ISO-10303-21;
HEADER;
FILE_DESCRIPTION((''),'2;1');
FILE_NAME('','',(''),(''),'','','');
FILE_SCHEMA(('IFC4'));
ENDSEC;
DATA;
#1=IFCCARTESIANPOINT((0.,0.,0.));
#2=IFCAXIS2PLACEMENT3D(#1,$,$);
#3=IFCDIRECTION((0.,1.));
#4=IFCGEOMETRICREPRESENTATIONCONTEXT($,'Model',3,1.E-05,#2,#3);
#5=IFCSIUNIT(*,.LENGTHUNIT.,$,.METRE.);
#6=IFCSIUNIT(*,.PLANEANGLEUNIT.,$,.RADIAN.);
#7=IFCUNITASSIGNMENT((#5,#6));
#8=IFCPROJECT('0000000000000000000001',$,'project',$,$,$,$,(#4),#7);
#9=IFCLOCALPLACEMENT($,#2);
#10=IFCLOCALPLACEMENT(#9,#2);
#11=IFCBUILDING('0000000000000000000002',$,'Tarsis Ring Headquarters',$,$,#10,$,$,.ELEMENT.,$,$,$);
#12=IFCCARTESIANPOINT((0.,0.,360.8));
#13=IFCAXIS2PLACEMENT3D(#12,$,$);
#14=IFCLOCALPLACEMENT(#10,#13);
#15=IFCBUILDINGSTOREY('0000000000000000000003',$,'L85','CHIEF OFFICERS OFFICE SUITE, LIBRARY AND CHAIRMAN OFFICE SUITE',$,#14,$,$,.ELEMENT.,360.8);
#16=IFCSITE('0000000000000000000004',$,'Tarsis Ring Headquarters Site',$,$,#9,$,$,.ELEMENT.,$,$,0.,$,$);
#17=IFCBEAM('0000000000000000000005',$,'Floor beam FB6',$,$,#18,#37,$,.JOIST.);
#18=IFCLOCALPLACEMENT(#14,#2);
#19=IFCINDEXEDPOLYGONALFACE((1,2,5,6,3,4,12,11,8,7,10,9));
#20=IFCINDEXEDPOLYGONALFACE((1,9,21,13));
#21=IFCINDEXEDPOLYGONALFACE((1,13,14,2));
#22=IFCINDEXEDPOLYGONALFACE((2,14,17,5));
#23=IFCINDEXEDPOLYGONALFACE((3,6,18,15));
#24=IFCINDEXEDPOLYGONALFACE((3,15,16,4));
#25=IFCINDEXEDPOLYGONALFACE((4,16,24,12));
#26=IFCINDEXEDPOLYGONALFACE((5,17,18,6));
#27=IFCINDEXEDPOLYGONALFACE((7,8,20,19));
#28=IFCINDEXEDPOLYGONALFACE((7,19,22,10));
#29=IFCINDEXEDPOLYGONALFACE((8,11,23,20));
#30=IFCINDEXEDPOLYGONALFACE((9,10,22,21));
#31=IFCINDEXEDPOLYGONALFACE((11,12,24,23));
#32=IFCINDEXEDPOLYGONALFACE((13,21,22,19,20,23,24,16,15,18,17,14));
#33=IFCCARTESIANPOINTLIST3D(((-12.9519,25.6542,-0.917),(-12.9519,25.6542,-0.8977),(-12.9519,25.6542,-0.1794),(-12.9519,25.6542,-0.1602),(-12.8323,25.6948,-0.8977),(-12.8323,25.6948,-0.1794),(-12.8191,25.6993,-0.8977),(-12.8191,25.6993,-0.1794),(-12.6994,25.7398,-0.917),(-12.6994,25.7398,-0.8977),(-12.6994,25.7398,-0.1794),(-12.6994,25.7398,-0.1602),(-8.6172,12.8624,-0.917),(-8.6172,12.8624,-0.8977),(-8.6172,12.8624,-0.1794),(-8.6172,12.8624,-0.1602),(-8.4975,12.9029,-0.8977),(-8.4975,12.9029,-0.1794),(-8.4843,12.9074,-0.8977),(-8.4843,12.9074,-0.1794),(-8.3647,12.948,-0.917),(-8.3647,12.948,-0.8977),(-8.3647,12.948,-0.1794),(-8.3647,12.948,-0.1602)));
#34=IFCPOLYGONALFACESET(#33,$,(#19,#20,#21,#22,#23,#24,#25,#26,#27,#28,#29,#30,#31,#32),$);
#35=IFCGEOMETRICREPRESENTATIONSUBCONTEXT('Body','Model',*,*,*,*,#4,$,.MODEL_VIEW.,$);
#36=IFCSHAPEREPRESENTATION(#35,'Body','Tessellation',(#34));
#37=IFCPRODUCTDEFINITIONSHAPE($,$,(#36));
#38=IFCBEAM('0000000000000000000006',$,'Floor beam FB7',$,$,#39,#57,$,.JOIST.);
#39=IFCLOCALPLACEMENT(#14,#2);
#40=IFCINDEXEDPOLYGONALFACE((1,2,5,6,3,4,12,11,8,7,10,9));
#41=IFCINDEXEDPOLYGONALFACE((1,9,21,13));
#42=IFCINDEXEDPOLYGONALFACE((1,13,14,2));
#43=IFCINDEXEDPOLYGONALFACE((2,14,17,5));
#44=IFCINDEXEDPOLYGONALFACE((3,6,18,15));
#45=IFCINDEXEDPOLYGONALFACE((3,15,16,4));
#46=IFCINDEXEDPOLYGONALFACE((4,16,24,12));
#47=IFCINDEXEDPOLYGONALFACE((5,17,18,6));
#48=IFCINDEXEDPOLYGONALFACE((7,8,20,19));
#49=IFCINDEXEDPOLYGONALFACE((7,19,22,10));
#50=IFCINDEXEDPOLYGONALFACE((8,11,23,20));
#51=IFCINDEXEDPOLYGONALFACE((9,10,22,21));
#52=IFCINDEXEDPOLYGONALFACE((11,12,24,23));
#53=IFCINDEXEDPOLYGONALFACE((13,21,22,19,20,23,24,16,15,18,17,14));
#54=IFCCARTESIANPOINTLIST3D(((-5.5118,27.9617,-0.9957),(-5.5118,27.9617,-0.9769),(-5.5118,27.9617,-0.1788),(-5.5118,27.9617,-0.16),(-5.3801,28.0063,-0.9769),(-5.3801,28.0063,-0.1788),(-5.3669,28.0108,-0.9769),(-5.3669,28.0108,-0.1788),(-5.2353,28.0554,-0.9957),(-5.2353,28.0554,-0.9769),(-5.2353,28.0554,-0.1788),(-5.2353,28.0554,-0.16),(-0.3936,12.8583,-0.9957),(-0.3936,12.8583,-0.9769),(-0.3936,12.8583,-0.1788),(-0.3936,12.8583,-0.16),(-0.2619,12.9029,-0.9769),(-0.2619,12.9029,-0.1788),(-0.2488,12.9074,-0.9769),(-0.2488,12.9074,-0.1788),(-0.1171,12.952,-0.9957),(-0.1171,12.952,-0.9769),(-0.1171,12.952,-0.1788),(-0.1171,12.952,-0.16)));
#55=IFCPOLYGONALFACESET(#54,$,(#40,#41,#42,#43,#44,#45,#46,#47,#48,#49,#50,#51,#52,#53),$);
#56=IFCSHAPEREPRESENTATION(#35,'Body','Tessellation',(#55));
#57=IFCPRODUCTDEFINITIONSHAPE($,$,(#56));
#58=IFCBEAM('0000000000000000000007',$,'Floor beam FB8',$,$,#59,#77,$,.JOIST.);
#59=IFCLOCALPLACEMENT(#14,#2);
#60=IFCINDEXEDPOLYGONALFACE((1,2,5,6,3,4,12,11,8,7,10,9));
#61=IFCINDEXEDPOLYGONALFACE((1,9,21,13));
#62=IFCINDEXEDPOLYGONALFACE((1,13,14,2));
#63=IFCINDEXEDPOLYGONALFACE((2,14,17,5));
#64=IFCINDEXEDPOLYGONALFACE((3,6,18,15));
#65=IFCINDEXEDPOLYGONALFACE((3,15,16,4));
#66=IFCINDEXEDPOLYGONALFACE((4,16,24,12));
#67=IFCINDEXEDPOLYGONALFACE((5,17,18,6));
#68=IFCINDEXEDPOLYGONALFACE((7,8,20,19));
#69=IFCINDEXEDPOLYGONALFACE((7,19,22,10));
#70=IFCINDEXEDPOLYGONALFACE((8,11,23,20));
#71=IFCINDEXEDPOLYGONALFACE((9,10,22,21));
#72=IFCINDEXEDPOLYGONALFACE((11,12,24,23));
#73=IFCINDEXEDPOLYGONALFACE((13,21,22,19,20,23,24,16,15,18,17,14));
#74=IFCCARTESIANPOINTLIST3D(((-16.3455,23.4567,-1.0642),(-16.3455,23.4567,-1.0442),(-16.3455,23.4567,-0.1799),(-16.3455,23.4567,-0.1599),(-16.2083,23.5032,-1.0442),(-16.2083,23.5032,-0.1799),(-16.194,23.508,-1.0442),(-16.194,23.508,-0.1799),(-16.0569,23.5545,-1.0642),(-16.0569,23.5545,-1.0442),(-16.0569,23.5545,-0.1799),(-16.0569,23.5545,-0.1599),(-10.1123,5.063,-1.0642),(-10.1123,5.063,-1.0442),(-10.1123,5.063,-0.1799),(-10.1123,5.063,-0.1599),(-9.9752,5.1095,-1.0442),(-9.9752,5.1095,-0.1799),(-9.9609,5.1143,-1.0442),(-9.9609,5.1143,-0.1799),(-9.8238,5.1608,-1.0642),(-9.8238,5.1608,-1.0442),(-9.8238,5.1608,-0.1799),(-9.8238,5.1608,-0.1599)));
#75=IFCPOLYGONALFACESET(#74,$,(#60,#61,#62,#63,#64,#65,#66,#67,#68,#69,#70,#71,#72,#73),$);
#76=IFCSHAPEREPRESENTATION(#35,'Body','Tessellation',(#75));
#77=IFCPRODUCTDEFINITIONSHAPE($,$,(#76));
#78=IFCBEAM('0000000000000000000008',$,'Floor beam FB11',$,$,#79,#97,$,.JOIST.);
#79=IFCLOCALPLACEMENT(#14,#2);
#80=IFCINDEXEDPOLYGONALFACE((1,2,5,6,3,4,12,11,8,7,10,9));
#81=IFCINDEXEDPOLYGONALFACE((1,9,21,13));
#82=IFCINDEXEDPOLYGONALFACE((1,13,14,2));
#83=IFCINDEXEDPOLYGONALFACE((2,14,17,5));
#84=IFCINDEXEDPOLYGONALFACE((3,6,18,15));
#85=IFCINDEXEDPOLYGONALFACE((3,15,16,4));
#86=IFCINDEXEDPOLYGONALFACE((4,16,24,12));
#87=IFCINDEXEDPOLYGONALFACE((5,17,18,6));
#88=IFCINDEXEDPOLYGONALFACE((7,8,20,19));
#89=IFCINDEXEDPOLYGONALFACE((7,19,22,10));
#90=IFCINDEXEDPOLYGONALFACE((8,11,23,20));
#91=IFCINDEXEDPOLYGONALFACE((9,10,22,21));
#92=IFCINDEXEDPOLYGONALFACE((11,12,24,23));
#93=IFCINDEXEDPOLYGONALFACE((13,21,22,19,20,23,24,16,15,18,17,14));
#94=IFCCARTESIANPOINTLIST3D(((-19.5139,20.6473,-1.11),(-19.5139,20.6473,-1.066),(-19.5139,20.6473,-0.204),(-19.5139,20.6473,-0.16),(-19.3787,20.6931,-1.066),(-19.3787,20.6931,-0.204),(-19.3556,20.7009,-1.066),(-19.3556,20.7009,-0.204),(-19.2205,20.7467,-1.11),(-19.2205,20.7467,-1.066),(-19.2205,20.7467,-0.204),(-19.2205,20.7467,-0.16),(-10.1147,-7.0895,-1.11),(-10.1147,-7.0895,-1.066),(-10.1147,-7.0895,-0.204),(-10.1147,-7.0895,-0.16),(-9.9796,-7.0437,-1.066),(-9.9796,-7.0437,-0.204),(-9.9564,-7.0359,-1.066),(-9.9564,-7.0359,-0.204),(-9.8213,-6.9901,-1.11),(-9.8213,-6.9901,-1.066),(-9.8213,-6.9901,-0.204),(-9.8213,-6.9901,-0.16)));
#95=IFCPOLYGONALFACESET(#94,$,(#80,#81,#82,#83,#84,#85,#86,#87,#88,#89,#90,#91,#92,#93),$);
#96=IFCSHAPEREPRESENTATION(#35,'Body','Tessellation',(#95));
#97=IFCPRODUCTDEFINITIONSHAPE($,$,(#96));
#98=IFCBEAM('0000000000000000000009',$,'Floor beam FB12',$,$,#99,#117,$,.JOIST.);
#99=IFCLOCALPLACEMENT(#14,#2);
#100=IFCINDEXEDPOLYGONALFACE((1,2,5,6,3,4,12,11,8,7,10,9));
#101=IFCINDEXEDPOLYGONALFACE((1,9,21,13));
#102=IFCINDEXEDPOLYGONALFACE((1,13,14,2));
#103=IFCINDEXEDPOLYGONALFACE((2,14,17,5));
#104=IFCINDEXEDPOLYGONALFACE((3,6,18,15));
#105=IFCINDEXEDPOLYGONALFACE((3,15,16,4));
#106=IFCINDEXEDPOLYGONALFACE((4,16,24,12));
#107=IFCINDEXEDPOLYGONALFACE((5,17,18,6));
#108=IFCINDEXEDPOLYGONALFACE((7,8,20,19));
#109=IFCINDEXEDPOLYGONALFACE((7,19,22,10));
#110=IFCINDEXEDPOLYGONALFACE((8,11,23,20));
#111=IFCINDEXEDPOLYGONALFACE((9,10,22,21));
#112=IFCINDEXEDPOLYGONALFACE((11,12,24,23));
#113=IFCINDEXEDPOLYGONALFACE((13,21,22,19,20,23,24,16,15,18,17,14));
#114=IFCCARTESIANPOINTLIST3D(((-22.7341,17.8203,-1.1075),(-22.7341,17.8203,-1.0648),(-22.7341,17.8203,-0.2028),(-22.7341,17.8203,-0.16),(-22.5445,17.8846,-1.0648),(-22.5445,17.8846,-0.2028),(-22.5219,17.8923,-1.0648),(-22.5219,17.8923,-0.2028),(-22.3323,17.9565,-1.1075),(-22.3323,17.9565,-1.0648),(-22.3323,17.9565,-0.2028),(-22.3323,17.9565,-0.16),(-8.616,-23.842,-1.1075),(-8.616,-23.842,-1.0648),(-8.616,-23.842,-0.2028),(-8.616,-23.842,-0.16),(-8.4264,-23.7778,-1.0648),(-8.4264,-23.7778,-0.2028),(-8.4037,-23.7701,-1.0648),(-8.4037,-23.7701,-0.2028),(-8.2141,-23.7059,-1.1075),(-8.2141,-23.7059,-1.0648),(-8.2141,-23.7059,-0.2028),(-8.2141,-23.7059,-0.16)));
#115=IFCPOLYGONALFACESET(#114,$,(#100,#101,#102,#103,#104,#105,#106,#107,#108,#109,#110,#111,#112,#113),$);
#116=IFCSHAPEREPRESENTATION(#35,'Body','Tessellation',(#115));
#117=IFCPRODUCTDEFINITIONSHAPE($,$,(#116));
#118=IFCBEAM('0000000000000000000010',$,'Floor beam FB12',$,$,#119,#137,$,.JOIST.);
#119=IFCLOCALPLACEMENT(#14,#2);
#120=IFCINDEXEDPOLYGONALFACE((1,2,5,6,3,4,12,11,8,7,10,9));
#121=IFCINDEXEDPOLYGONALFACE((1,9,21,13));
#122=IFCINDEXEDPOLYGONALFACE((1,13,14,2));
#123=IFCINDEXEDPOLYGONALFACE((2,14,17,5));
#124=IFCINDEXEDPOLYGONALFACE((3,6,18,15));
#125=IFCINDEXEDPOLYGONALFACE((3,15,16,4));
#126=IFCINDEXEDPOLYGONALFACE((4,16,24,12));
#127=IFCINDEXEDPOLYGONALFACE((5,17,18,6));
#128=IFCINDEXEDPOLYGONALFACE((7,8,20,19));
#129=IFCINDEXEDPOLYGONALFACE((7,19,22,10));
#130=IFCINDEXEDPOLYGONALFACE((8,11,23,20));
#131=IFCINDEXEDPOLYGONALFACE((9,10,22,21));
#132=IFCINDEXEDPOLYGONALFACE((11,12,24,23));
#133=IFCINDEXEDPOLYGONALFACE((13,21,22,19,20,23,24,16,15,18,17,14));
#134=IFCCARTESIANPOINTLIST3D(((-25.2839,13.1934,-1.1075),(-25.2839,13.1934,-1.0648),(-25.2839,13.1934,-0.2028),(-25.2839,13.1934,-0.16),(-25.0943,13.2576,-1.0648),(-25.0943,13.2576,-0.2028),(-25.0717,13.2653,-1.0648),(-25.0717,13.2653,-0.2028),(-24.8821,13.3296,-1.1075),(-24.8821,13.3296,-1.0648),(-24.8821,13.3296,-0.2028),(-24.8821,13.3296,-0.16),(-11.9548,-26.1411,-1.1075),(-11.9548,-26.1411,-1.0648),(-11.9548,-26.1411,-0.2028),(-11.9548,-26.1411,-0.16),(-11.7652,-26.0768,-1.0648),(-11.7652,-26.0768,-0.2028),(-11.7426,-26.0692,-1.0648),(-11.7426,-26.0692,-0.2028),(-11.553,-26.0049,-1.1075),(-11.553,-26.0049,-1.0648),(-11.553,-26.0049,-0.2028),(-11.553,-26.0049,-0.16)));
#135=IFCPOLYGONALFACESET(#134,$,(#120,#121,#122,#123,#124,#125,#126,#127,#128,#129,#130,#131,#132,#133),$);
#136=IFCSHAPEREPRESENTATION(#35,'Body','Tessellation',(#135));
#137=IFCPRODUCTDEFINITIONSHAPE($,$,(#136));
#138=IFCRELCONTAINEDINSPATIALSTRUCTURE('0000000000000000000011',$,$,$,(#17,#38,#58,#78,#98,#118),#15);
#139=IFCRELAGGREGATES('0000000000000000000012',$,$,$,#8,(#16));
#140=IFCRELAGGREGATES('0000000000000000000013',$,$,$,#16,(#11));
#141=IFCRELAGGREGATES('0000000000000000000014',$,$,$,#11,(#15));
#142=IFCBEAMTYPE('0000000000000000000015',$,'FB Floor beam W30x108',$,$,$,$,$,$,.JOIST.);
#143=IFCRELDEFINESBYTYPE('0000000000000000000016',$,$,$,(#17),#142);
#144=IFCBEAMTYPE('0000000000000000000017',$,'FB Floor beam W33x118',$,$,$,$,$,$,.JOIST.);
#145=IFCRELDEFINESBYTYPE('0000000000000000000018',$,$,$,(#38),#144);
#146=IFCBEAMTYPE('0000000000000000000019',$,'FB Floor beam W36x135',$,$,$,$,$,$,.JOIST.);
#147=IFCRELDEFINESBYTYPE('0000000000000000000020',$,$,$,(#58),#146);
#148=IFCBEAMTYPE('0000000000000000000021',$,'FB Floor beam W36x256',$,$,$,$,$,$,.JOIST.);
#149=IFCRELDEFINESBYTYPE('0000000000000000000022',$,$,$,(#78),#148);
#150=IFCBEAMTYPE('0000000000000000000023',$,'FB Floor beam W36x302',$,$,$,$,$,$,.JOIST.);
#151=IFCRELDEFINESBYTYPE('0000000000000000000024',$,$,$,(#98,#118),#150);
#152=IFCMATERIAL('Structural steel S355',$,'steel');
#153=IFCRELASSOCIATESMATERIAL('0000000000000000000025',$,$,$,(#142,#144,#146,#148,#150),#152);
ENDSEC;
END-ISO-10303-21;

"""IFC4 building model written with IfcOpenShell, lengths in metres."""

from ifc_helpers import new_model, si_unit, direction, frame, origin, origin_2d, place, context, subcontext, project, spatial, i_section, extrude, material, material_profile, profile_set, type_object, element, save


model = new_model("IFC4")

# Units and contexts
model_context = context("Model", 3, precision=1e-05, world=origin(), true_north=direction((0.0, 1.0)))
body_context = subcontext(model_context, "Body", "Model", "MODEL_VIEW")
ifc_project = project(units=[si_unit("LENGTHUNIT", "METRE"), si_unit("PLANEANGLEUNIT", "RADIAN")], contexts=[model_context])

# Site, building, storey
site_placement = place(None, origin())
site = spatial("IfcSite", under=ifc_project, at=site_placement, Name="Tarsis Ring Headquarters Site", CompositionType="ELEMENT", RefElevation=0.0)
building_placement = place(site_placement, origin())
building = spatial("IfcBuilding", under=site, at=building_placement, Name="Tarsis Ring Headquarters", CompositionType="ELEMENT")
storey_placement = place(building_placement, frame((0.0, 0.0, 360.8)))
storey = spatial("IfcBuildingStorey", under=building, at=storey_placement, Name="L85", Description="CHIEF OFFICERS OFFICE SUITE, LIBRARY AND CHAIRMAN OFFICE SUITE", CompositionType="ELEMENT", Elevation=360.8)

# Shared definitions
ifc_material_1 = material(Name="Structural steel S355", Category="steel")

# Beams
ifc_material_profile_1 = material_profile(ifc_material_1, i_section(OverallWidth=0.2666, OverallDepth=0.7568, WebThickness=0.0139, FlangeThickness=0.0193, at=origin_2d()), Name="W30x108")
ifc_profile_set_1 = profile_set([ifc_material_profile_1], Name="Structural steel S355")
beam_type_1 = type_object("IfcBeamType", Name="FB Floor beam W30x108", PredefinedType="JOIST", material=ifc_profile_set_1)
beam_1_placement = place(storey_placement, frame((-12.8257, 25.697, -0.5386), z_axis=(0.320942, -0.947099, 0.0), x_axis=(0.947099, 0.320942, 0.0)))
element("IfcBeam", 1, at=beam_1_placement, inside=storey, type_object=beam_type_1, Name="Floor beam FB6", PredefinedType="JOIST", context=body_context, shape_type="SweptSolid", body=[
    extrude(i_section(OverallWidth=0.2666, OverallDepth=0.7568, WebThickness=0.0139, FlangeThickness=0.0193, at=origin_2d()), origin(), (0.0, 0.0, 1.0), 13.5063),
])
ifc_material_profile_2 = material_profile(ifc_material_1, i_section(OverallWidth=0.292, OverallDepth=0.8357, WebThickness=0.0139, FlangeThickness=0.0188, at=origin_2d()), Name="W33x118")
ifc_profile_set_2 = profile_set([ifc_material_profile_2], Name="Structural steel S355")
beam_type_2 = type_object("IfcBeamType", Name="FB Floor beam W33x118", PredefinedType="JOIST", material=ifc_profile_set_2)
beam_2_placement = place(storey_placement, frame((-5.3735, 28.0085, -0.5779), z_axis=(0.32095, -0.947096, 0.0), x_axis=(0.947096, 0.32095, 0.0)))
element("IfcBeam", 2, at=beam_2_placement, inside=storey, type_object=beam_type_2, Name="Floor beam FB7", PredefinedType="JOIST", context=body_context, shape_type="SweptSolid", body=[
    extrude(i_section(OverallWidth=0.292, OverallDepth=0.8357, WebThickness=0.0139, FlangeThickness=0.0188, at=origin_2d()), origin(), (0.0, 0.0, 1.0), 15.947),
])
ifc_material_profile_3 = material_profile(ifc_material_1, i_section(OverallWidth=0.3047, OverallDepth=0.9043, WebThickness=0.0151, FlangeThickness=0.02, at=origin_2d()), Name="W36x135")
ifc_profile_set_3 = profile_set([ifc_material_profile_3], Name="Structural steel S355")
beam_type_3 = type_object("IfcBeamType", Name="FB Floor beam W36x135", PredefinedType="JOIST", material=ifc_profile_set_3)
beam_3_placement = place(storey_placement, frame((-16.2012, 23.5056, -0.6121), z_axis=(0.320945, -0.947098, 0.0), x_axis=(0.947098, 0.320945, 0.0)))
element("IfcBeam", 3, at=beam_3_placement, inside=storey, type_object=beam_type_3, Name="Floor beam FB8", PredefinedType="JOIST", context=body_context, shape_type="SweptSolid", body=[
    extrude(i_section(OverallWidth=0.3047, OverallDepth=0.9043, WebThickness=0.0151, FlangeThickness=0.02, at=origin_2d()), origin(), (0.0, 0.0, 1.0), 19.4211),
])
ifc_material_profile_4 = material_profile(ifc_material_1, i_section(OverallWidth=0.3098, OverallDepth=0.95, WebThickness=0.0244, FlangeThickness=0.0439, at=origin_2d()), Name="W36x256")
ifc_profile_set_4 = profile_set([ifc_material_profile_4], Name="Structural steel S355")
beam_type_4 = type_object("IfcBeamType", Name="FB Floor beam W36x256", PredefinedType="JOIST", material=ifc_profile_set_4)
beam_4_placement = place(storey_placement, frame((-19.3672, 20.697, -0.635), z_axis=(0.320943, -0.947098, 0.0), x_axis=(0.947098, 0.320943, 0.0)))
element("IfcBeam", 4, at=beam_4_placement, inside=storey, type_object=beam_type_4, Name="Floor beam FB11", PredefinedType="JOIST", context=body_context, shape_type="SweptSolid", body=[
    extrude(i_section(OverallWidth=0.3098, OverallDepth=0.95, WebThickness=0.0244, FlangeThickness=0.0439, at=origin_2d()), origin(), (0.0, 0.0, 1.0), 29.2861),
])
ifc_material_profile_5 = material_profile(ifc_material_1, i_section(OverallWidth=0.4243, OverallDepth=0.9475, WebThickness=0.0239, FlangeThickness=0.0427, at=origin_2d()), Name="W36x302")
ifc_profile_set_5 = profile_set([ifc_material_profile_5], Name="Structural steel S355")
beam_type_5 = type_object("IfcBeamType", Name="FB Floor beam W36x302", PredefinedType="JOIST", material=ifc_profile_set_5)
beam_5_placement = place(storey_placement, frame((-22.5332, 17.8884, -0.6338), z_axis=(0.320944, -0.947098, 0.0), x_axis=(0.947098, 0.320944, 0.0)))
element("IfcBeam", 5, at=beam_5_placement, inside=storey, type_object=beam_type_5, Name="Floor beam FB12", PredefinedType="JOIST", context=body_context, shape_type="SweptSolid", body=[
    extrude(i_section(OverallWidth=0.4243, OverallDepth=0.9475, WebThickness=0.0239, FlangeThickness=0.0427, at=origin_2d()), origin(), (0.0, 0.0, 1.0), 43.9895),
])
beam_6_placement = place(storey_placement, frame((-25.083, 13.2615, -0.6338), z_axis=(0.32094, -0.9471, 0.0), x_axis=(0.9471, 0.32094, 0.0)))
element("IfcBeam", 6, at=beam_6_placement, inside=storey, type_object=beam_type_5, Name="Floor beam FB12", PredefinedType="JOIST", context=body_context, shape_type="SweptSolid", body=[
    extrude(i_section(OverallWidth=0.4243, OverallDepth=0.9475, WebThickness=0.0239, FlangeThickness=0.0427, at=origin_2d()), origin(), (0.0, 0.0, 1.0), 41.5315),
])

save(model, "model.ifc")
